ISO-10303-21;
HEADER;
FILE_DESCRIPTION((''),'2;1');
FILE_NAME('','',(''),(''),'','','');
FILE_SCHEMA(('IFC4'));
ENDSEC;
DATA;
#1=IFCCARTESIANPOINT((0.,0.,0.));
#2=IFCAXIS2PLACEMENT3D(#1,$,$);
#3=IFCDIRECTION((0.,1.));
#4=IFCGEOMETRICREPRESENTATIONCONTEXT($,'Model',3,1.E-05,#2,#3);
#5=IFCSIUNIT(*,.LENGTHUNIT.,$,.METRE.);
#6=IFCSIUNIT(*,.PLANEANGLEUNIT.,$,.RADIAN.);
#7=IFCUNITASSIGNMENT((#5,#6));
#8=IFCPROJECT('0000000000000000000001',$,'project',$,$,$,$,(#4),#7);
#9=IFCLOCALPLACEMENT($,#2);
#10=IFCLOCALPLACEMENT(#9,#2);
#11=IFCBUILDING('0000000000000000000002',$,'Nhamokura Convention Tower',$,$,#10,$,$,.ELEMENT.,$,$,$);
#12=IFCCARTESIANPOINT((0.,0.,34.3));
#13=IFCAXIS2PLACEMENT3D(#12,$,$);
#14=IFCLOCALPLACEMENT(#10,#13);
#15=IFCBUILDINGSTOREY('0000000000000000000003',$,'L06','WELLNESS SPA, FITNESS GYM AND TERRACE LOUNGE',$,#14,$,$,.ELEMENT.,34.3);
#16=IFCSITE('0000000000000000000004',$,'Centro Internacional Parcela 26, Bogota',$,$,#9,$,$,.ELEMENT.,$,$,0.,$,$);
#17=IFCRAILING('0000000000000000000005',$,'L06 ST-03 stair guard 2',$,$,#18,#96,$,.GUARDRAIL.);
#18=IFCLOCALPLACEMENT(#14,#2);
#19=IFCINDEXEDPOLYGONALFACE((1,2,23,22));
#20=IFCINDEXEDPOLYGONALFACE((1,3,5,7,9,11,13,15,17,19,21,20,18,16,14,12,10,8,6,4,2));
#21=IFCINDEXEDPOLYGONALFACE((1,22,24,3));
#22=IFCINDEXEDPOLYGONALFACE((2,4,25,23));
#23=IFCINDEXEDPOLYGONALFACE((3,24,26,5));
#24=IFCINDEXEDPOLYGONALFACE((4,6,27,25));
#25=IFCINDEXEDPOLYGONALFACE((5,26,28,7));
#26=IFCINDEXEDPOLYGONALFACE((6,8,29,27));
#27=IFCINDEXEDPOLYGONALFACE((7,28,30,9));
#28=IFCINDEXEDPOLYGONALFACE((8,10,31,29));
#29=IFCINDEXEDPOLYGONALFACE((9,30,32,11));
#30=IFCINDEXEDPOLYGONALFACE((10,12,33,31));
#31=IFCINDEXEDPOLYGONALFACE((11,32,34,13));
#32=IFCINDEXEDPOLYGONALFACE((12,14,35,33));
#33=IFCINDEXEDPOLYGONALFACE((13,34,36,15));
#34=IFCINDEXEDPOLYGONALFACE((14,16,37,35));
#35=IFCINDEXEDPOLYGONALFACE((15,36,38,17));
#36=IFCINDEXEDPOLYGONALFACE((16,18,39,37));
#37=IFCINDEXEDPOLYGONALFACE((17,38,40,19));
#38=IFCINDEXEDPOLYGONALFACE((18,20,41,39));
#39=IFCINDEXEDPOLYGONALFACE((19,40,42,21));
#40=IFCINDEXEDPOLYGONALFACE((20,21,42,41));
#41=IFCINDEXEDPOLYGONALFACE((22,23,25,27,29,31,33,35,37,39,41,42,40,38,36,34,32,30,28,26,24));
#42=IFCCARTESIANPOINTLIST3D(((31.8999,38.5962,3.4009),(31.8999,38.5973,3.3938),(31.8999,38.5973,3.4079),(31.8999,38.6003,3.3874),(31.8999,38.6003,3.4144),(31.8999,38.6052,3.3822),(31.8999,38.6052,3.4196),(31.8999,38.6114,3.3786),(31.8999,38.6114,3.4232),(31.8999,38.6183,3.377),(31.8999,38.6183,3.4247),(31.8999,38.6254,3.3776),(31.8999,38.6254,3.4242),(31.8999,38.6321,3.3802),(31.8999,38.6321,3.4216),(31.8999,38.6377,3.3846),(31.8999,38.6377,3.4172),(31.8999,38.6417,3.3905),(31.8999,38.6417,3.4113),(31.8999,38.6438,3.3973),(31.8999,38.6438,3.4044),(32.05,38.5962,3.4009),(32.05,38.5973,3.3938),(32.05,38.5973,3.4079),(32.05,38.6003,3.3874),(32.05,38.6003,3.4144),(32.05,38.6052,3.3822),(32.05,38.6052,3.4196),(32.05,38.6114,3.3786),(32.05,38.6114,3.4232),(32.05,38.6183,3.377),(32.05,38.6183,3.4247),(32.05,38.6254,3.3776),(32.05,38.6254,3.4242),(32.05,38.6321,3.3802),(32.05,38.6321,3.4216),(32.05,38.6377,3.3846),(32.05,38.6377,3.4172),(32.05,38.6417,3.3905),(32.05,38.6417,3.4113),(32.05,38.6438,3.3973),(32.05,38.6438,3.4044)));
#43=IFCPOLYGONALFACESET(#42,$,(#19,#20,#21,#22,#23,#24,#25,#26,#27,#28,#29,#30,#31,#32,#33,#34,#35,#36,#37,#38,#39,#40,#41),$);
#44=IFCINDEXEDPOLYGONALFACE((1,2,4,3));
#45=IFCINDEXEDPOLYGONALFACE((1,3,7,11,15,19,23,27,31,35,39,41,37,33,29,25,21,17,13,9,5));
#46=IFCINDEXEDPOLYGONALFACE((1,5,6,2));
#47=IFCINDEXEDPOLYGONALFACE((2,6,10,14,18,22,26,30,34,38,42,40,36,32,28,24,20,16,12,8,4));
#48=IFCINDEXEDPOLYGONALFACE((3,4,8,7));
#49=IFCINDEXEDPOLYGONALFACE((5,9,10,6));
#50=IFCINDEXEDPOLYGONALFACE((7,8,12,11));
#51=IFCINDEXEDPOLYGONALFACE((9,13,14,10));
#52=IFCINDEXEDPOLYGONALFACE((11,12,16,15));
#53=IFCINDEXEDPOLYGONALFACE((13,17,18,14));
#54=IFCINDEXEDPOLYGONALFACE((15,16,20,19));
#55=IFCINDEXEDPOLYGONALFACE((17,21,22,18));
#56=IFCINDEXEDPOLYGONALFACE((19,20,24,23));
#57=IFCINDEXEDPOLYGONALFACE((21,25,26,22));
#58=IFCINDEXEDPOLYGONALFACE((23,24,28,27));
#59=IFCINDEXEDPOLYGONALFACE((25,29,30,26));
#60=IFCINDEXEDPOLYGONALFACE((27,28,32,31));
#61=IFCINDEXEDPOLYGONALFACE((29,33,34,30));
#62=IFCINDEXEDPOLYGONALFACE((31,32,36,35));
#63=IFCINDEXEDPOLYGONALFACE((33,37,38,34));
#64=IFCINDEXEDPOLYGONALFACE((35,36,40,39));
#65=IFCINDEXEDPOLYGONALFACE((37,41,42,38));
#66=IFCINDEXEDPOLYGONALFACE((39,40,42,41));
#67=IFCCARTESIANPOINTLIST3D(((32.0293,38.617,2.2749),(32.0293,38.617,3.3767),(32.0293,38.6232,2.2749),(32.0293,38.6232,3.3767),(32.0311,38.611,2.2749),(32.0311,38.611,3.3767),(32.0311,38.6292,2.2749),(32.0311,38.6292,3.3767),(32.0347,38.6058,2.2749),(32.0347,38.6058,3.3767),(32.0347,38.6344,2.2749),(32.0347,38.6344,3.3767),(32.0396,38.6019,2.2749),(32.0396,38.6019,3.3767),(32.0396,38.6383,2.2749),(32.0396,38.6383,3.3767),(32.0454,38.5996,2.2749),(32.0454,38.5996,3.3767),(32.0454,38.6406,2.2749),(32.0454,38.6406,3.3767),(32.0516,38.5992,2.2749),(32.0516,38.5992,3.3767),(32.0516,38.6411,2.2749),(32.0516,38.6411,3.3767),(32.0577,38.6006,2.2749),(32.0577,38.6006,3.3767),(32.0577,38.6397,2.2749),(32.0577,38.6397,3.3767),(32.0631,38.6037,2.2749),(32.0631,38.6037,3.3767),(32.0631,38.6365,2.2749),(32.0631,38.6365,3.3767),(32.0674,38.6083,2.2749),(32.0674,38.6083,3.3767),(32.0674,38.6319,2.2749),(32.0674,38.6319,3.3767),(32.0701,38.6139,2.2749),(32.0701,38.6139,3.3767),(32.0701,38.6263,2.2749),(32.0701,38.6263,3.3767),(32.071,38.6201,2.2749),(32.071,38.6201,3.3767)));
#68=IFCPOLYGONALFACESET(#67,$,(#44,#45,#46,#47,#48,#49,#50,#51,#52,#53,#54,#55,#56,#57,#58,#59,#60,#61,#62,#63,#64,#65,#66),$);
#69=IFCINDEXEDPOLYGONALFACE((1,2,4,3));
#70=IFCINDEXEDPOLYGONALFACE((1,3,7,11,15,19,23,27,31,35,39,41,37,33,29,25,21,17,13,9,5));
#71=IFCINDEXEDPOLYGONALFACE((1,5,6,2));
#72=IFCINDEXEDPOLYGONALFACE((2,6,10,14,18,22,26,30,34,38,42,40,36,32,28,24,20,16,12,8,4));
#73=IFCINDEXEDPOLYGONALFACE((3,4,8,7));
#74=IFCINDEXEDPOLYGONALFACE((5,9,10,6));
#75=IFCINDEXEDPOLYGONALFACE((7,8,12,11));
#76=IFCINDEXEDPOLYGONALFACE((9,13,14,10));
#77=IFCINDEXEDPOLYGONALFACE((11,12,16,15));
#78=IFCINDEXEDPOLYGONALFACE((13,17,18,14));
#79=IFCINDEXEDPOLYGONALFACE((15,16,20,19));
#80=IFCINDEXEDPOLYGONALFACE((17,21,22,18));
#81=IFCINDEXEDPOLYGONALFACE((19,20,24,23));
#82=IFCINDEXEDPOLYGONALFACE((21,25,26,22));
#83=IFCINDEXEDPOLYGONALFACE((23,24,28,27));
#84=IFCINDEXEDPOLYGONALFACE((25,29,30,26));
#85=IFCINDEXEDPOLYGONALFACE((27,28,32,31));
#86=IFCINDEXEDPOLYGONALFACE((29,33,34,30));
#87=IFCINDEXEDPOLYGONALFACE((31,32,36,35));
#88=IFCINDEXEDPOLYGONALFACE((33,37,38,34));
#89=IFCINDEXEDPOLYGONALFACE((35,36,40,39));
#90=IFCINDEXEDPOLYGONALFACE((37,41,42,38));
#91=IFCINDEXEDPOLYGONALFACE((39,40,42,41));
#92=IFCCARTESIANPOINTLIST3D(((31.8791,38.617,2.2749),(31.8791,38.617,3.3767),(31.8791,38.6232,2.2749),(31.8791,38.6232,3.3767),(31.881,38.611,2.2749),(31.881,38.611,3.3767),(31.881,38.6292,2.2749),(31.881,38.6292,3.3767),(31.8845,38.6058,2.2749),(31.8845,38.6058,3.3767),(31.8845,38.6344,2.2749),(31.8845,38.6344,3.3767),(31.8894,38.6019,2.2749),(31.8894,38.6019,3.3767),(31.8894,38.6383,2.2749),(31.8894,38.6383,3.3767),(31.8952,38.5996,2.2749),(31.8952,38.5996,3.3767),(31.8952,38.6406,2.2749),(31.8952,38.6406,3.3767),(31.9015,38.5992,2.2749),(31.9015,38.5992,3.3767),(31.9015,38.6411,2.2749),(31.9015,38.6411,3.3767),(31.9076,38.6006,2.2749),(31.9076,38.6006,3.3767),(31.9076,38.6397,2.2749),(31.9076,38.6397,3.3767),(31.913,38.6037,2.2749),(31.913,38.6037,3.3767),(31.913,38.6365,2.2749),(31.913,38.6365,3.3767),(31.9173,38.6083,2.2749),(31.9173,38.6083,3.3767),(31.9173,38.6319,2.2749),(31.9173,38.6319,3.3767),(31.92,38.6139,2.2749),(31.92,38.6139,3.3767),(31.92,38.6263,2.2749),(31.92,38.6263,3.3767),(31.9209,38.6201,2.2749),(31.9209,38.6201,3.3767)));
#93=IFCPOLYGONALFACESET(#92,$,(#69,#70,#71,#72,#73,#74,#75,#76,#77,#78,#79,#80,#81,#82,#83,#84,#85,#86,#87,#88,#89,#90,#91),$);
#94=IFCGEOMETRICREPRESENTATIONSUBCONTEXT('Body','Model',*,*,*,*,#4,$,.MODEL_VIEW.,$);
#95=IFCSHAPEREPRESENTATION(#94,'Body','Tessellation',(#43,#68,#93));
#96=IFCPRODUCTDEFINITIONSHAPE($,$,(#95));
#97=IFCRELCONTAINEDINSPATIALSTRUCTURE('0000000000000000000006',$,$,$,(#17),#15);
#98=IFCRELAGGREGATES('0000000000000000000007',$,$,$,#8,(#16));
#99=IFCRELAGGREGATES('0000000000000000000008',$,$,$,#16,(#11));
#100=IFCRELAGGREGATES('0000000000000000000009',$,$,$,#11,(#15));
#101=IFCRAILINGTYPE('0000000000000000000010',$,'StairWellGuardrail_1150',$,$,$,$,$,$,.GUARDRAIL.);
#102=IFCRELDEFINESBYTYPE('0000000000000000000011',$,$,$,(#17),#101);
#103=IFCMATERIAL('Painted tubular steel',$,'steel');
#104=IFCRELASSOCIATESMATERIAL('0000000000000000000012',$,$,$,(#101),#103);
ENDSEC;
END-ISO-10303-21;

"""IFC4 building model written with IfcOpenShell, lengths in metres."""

from ifc_helpers import new_model, si_unit, direction, frame, origin, origin_2d, place, context, subcontext, project, spatial, circle, extrude, material, type_object, element, save


model = new_model("IFC4")

# Units and contexts
model_context = context("Model", 3, precision=1e-05, world=origin(), true_north=direction((0.0, 1.0)))
body_context = subcontext(model_context, "Body", "Model", "MODEL_VIEW")
ifc_project = project(units=[si_unit("LENGTHUNIT", "METRE"), si_unit("PLANEANGLEUNIT", "RADIAN")], contexts=[model_context])

# Site, building, storey
site_placement = place(None, origin())
site = spatial("IfcSite", under=ifc_project, at=site_placement, Name="Centro Internacional Parcela 26, Bogota", CompositionType="ELEMENT", RefElevation=0.0)
building_placement = place(site_placement, origin())
building = spatial("IfcBuilding", under=site, at=building_placement, Name="Nhamokura Convention Tower", CompositionType="ELEMENT")
storey_placement = place(building_placement, frame((0.0, 0.0, 34.3)))
storey = spatial("IfcBuildingStorey", under=building, at=storey_placement, Name="L06", Description="WELLNESS SPA, FITNESS GYM AND TERRACE LOUNGE", CompositionType="ELEMENT", Elevation=34.3)

# Railing
ifc_material_1 = material(Name="Painted tubular steel", Category="steel")
railing_type = type_object("IfcRailingType", Name="StairWellGuardrail_1150", PredefinedType="GUARDRAIL", material=ifc_material_1)
railing_1_placement = place(storey_placement, frame((32.05, 38.6201, 2.2749)))
element("IfcRailing", 1, at=railing_1_placement, inside=storey, type_object=railing_type, Name="L06 ST-03 stair guard 2", PredefinedType="GUARDRAIL", context=body_context, shape_type="SweptSolid", body=[
    extrude(circle(Radius=0.0239, at=origin_2d()), frame((0.0, 0.0, 1.126), z_axis=(-1.0, 0.0, 0.0), x_axis=(0.0, -1.0, 0.0)), (0.0, 0.0, 1.0), 0.1501),
    extrude(circle(Radius=0.021, at=origin_2d()), origin(), (0.0, 0.0, 1.0), 1.1018),
    extrude(circle(Radius=0.021, at=origin_2d()), frame((-0.1501, 0.0, 0.0)), (0.0, 0.0, 1.0), 1.1018),
])

save(model, "model.ifc")
